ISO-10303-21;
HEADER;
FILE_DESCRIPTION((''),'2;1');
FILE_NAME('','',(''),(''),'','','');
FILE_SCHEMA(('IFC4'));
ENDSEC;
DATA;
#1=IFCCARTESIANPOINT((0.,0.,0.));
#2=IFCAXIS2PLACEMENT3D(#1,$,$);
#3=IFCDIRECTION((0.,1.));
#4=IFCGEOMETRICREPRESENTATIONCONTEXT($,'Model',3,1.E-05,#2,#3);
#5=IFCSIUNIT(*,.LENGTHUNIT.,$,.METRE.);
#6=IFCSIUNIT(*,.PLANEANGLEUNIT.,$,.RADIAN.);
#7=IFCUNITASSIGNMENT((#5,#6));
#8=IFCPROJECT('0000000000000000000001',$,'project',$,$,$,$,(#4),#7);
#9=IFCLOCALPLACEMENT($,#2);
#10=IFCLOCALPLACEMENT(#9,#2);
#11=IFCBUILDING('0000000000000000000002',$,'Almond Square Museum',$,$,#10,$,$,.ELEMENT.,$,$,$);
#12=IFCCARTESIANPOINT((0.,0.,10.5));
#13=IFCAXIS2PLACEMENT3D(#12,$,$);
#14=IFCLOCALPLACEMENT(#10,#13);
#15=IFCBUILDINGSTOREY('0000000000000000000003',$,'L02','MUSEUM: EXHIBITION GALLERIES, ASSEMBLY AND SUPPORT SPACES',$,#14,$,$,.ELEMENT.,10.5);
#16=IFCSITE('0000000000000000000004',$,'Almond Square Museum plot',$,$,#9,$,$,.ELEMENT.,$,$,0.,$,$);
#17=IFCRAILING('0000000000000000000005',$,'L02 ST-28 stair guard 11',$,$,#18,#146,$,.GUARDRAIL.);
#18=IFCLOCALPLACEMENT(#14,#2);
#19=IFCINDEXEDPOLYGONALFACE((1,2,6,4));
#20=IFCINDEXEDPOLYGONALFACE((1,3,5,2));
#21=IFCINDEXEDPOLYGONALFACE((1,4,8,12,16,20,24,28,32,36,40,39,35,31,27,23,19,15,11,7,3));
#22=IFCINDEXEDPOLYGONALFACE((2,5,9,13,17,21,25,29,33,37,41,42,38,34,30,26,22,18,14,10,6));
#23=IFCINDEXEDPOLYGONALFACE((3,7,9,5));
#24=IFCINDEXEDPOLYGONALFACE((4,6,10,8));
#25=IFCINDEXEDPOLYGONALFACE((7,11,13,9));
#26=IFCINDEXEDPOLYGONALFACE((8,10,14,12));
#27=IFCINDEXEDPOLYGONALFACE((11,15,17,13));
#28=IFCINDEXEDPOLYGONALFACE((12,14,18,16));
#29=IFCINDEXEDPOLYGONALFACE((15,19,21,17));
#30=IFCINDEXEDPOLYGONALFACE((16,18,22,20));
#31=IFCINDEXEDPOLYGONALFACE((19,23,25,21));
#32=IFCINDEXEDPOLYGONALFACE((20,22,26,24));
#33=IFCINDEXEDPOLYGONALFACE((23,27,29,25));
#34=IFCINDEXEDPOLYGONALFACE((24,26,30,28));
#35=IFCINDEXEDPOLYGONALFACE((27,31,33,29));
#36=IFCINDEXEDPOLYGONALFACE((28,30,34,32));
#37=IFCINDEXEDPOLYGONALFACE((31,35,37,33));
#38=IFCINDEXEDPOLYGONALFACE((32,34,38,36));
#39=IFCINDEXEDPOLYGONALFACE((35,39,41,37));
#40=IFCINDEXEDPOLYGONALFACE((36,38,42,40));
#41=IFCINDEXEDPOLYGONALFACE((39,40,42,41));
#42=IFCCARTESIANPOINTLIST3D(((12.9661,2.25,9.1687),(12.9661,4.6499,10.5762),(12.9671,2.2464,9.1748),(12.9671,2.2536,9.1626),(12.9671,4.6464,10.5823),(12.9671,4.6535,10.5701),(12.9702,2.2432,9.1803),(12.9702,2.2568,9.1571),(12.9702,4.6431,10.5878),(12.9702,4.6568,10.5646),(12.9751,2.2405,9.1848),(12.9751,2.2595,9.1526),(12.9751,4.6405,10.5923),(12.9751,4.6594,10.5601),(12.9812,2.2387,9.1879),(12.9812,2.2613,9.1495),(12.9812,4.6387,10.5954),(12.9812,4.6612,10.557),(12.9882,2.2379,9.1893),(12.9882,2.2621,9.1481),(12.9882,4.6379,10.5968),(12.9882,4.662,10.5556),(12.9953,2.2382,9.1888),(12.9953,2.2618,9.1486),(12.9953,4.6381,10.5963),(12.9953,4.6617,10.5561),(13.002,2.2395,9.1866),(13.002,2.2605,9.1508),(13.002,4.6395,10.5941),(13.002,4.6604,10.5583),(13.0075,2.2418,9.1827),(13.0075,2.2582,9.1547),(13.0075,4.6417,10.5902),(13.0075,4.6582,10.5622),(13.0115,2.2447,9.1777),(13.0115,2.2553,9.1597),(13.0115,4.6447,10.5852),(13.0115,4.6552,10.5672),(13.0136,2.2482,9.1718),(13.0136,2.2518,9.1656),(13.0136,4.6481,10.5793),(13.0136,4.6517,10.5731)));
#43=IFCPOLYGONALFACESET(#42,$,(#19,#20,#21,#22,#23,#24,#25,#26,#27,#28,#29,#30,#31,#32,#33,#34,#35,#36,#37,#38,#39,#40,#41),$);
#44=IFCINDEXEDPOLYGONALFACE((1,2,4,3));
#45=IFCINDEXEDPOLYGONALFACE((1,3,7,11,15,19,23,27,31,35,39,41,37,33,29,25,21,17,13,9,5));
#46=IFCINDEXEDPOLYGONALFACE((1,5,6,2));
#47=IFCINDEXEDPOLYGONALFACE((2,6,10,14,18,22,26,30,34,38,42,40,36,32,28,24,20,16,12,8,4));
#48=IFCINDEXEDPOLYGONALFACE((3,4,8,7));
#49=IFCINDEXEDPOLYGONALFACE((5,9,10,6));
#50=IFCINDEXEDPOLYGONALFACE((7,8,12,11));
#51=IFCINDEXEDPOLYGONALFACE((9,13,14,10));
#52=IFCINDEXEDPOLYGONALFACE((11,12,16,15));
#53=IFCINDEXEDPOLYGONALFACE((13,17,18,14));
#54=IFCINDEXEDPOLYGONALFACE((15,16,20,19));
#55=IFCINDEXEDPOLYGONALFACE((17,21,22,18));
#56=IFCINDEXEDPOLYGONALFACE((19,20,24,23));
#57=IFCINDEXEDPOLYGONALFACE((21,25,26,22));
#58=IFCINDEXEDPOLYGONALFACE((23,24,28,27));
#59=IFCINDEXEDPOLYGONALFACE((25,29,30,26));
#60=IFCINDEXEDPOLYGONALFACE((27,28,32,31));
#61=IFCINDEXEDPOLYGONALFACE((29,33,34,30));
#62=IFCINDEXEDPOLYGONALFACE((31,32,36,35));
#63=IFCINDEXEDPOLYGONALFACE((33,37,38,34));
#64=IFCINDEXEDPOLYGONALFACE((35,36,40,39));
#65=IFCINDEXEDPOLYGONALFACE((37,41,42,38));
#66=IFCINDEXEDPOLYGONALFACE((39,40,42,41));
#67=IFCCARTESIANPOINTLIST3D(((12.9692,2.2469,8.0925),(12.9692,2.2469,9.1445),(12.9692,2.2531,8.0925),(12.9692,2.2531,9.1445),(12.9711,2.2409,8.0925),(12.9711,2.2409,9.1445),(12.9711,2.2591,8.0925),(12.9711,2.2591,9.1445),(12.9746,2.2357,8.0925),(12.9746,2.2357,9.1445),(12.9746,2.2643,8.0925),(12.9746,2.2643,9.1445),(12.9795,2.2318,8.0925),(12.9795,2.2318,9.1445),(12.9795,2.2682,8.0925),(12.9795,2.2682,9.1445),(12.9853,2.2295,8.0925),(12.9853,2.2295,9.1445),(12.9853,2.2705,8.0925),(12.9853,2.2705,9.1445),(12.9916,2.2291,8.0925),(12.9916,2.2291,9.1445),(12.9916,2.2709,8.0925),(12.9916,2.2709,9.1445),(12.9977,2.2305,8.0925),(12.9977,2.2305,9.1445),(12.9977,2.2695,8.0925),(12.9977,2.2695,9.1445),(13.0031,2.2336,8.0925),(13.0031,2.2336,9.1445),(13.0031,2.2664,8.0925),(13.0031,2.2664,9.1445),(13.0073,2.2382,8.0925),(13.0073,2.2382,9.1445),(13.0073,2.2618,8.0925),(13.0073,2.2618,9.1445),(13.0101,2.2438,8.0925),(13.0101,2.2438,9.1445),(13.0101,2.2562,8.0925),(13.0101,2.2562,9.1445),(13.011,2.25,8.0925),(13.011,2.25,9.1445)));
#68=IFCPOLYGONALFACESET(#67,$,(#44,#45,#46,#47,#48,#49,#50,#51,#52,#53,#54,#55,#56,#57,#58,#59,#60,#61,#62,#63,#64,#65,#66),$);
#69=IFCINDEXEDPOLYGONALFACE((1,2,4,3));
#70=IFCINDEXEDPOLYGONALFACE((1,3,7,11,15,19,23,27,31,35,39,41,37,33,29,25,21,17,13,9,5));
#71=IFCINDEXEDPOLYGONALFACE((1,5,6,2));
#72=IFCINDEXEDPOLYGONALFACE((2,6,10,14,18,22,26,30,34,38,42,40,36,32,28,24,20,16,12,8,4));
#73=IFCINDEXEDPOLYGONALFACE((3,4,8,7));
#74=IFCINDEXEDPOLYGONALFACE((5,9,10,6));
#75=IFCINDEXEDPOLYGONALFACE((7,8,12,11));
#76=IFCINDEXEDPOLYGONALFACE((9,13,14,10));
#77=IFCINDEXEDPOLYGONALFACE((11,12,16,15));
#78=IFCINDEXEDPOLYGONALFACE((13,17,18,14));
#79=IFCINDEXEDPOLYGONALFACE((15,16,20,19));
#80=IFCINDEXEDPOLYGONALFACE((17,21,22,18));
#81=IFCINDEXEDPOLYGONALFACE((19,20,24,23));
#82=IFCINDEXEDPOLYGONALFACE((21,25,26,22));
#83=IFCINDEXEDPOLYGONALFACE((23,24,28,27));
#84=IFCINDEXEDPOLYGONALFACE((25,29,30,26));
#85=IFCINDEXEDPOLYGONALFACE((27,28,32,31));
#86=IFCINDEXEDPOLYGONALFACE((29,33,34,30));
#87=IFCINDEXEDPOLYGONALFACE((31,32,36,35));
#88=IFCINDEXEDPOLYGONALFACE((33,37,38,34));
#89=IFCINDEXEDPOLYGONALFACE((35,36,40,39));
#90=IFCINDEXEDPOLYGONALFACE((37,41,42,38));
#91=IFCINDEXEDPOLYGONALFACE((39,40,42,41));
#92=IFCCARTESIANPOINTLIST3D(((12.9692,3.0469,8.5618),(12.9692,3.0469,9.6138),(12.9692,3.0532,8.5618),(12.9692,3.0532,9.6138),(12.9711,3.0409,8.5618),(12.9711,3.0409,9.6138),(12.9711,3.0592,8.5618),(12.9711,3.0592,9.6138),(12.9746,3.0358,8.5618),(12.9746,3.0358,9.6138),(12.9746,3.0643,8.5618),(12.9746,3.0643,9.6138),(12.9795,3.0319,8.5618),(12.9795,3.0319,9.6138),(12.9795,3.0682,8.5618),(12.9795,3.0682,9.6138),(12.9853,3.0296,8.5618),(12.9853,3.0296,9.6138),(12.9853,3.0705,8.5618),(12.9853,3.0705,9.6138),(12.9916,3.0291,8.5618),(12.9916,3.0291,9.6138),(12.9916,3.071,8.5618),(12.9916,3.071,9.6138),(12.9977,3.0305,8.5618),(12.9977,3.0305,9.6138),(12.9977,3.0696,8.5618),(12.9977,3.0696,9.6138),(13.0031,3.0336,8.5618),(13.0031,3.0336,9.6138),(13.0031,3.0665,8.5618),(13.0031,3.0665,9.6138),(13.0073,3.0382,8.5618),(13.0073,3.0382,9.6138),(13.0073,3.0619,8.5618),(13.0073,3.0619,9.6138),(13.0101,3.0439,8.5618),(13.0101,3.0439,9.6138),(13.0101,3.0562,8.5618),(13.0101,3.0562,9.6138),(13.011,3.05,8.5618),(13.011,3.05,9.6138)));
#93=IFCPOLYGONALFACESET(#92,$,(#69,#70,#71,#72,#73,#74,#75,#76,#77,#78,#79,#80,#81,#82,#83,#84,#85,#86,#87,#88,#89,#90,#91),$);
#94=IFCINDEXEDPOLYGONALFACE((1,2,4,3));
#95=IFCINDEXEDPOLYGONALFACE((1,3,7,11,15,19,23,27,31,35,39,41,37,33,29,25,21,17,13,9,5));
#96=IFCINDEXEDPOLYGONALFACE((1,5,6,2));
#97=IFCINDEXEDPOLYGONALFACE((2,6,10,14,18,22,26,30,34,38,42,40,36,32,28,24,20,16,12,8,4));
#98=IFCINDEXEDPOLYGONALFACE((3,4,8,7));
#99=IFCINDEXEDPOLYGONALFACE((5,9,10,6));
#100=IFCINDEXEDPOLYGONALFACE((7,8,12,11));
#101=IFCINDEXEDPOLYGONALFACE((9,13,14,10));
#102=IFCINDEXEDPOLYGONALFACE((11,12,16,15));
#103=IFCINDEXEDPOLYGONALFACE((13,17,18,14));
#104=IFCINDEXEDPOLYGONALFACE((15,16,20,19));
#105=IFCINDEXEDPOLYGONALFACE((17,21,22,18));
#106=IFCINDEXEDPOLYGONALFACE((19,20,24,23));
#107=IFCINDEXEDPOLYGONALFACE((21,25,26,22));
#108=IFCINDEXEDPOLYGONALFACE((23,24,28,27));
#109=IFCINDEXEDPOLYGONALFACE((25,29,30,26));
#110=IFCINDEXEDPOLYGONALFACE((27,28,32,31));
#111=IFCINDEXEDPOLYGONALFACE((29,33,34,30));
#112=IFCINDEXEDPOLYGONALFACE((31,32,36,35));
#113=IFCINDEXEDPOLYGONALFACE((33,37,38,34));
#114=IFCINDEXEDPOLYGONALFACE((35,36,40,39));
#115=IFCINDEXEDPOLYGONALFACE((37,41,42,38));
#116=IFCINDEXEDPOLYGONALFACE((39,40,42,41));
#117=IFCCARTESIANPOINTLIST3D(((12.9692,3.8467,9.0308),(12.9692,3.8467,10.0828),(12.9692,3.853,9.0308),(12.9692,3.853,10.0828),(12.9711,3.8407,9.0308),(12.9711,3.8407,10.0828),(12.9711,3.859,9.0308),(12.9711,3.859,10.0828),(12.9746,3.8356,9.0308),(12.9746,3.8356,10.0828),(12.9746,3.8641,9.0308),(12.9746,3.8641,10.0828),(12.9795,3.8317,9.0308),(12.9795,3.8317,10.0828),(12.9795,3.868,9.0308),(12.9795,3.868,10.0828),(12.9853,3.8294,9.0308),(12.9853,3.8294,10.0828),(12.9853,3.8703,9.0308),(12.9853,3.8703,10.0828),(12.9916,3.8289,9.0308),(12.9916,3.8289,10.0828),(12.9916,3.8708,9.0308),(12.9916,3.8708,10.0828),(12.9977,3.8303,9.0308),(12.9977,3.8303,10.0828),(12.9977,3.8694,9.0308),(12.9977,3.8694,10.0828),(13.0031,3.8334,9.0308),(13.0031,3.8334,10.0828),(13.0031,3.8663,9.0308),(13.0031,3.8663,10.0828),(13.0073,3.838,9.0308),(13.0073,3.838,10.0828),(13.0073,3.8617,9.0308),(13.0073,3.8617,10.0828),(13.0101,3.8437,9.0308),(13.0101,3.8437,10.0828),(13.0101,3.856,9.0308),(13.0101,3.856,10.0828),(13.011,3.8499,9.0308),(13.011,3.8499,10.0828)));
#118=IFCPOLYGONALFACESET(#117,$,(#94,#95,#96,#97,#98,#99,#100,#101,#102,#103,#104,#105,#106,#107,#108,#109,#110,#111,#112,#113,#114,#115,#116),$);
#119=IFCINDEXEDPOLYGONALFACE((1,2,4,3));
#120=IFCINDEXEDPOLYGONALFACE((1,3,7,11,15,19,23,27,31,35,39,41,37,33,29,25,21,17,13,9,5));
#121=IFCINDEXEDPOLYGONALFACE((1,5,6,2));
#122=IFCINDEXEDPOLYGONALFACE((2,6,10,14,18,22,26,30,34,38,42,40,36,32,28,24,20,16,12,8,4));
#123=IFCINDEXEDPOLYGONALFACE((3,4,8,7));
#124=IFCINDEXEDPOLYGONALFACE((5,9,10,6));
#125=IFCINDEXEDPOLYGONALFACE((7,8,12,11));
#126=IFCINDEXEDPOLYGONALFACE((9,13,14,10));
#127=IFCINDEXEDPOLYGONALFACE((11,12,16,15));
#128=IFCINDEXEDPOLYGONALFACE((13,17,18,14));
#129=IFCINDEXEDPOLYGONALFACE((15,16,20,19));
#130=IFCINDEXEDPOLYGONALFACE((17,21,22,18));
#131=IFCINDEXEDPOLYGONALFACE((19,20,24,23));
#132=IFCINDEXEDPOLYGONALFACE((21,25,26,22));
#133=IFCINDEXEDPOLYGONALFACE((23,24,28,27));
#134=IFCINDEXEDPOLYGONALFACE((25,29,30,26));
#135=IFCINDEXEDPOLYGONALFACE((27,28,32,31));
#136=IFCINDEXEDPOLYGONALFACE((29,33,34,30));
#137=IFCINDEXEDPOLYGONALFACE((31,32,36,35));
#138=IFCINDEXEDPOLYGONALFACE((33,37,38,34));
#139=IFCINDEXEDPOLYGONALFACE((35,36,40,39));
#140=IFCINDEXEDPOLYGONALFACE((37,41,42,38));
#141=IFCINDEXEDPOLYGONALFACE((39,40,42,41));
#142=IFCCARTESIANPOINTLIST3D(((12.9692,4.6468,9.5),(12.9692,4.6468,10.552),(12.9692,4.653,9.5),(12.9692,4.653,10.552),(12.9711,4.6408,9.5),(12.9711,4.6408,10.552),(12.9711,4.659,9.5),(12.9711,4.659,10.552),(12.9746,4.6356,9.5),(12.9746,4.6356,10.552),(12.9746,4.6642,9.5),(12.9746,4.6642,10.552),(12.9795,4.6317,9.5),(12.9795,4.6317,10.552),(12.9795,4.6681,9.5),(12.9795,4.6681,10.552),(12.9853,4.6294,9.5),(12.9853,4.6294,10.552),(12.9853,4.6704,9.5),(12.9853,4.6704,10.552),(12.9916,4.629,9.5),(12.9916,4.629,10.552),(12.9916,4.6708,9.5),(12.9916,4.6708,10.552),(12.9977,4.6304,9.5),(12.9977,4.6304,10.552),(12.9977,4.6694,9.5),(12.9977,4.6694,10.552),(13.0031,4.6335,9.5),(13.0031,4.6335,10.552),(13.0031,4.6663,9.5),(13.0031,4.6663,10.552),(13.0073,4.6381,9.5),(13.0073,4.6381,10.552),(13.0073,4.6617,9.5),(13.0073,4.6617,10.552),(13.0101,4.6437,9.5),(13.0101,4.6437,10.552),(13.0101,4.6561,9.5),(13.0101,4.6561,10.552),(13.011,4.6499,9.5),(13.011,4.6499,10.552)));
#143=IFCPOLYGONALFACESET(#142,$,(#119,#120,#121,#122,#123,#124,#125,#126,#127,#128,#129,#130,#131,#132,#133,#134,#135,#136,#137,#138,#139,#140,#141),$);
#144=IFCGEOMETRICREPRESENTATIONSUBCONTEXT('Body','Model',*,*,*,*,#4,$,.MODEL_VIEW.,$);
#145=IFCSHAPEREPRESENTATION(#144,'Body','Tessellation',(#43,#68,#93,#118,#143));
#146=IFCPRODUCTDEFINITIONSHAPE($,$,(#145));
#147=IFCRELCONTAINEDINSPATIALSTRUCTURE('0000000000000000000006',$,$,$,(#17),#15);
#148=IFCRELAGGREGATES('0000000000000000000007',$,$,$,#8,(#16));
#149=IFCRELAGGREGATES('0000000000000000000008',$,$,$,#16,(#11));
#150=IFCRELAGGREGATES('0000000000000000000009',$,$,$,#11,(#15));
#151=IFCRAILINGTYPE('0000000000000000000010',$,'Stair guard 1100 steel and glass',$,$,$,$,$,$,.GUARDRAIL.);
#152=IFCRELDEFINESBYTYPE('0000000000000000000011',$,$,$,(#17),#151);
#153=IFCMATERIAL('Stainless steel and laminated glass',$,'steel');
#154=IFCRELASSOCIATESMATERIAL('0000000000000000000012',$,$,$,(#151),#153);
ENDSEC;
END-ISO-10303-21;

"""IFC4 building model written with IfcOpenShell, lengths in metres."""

from ifc_helpers import new_model, si_unit, direction, frame, origin, origin_2d, place, context, subcontext, project, spatial, circle, extrude, material, type_object, element, save


model = new_model("IFC4")

# Units and contexts
model_context = context("Model", 3, precision=1e-05, world=origin(), true_north=direction((0.0, 1.0)))
body_context = subcontext(model_context, "Body", "Model", "MODEL_VIEW")
ifc_project = project(units=[si_unit("LENGTHUNIT", "METRE"), si_unit("PLANEANGLEUNIT", "RADIAN")], contexts=[model_context])

# Site, building, storey
site_placement = place(None, origin())
site = spatial("IfcSite", under=ifc_project, at=site_placement, Name="Almond Square Museum plot", CompositionType="ELEMENT", RefElevation=0.0)
building_placement = place(site_placement, origin())
building = spatial("IfcBuilding", under=site, at=building_placement, Name="Almond Square Museum", CompositionType="ELEMENT")
storey_placement = place(building_placement, frame((0.0, 0.0, 10.5)))
storey = spatial("IfcBuildingStorey", under=building, at=storey_placement, Name="L02", Description="MUSEUM: EXHIBITION GALLERIES, ASSEMBLY AND SUPPORT SPACES", CompositionType="ELEMENT", Elevation=10.5)

# Railing
ifc_material_1 = material(Name="Stainless steel and laminated glass", Category="steel")
railing_type_1 = type_object("IfcRailingType", Name="Stair guard 1100 steel and glass", PredefinedType="GUARDRAIL", material=ifc_material_1)
railing_1_placement = place(storey_placement, frame((12.99, 2.25, 8.0925)))
element("IfcRailing", 1, at=railing_1_placement, inside=storey, type_object=railing_type_1, Name="L02 ST-28 stair guard 11", PredefinedType="GUARDRAIL", context=body_context, shape_type="SweptSolid", body=[
    extrude(circle(Radius=0.0239, at=origin_2d()), frame((0.0, 0.0, 1.0762), z_axis=(0.0, 0.862599, 0.505888), x_axis=(-1.0, 0.0, 0.0)), (0.0, 0.0, 1.0), 2.7822),
    extrude(circle(Radius=0.021, at=origin_2d()), origin(), (0.0, 0.0, 1.0), 1.052),
    extrude(circle(Radius=0.021, at=origin_2d()), frame((0.0, 0.8, 0.4692)), (0.0, 0.0, 1.0), 1.052),
    extrude(circle(Radius=0.021, at=origin_2d()), frame((0.0, 1.5999, 0.9382)), (0.0, 0.0, 1.0), 1.052),
    extrude(circle(Radius=0.021, at=origin_2d()), frame((0.0, 2.3999, 1.4075)), (0.0, 0.0, 1.0), 1.052),
])

save(model, "model.ifc")
